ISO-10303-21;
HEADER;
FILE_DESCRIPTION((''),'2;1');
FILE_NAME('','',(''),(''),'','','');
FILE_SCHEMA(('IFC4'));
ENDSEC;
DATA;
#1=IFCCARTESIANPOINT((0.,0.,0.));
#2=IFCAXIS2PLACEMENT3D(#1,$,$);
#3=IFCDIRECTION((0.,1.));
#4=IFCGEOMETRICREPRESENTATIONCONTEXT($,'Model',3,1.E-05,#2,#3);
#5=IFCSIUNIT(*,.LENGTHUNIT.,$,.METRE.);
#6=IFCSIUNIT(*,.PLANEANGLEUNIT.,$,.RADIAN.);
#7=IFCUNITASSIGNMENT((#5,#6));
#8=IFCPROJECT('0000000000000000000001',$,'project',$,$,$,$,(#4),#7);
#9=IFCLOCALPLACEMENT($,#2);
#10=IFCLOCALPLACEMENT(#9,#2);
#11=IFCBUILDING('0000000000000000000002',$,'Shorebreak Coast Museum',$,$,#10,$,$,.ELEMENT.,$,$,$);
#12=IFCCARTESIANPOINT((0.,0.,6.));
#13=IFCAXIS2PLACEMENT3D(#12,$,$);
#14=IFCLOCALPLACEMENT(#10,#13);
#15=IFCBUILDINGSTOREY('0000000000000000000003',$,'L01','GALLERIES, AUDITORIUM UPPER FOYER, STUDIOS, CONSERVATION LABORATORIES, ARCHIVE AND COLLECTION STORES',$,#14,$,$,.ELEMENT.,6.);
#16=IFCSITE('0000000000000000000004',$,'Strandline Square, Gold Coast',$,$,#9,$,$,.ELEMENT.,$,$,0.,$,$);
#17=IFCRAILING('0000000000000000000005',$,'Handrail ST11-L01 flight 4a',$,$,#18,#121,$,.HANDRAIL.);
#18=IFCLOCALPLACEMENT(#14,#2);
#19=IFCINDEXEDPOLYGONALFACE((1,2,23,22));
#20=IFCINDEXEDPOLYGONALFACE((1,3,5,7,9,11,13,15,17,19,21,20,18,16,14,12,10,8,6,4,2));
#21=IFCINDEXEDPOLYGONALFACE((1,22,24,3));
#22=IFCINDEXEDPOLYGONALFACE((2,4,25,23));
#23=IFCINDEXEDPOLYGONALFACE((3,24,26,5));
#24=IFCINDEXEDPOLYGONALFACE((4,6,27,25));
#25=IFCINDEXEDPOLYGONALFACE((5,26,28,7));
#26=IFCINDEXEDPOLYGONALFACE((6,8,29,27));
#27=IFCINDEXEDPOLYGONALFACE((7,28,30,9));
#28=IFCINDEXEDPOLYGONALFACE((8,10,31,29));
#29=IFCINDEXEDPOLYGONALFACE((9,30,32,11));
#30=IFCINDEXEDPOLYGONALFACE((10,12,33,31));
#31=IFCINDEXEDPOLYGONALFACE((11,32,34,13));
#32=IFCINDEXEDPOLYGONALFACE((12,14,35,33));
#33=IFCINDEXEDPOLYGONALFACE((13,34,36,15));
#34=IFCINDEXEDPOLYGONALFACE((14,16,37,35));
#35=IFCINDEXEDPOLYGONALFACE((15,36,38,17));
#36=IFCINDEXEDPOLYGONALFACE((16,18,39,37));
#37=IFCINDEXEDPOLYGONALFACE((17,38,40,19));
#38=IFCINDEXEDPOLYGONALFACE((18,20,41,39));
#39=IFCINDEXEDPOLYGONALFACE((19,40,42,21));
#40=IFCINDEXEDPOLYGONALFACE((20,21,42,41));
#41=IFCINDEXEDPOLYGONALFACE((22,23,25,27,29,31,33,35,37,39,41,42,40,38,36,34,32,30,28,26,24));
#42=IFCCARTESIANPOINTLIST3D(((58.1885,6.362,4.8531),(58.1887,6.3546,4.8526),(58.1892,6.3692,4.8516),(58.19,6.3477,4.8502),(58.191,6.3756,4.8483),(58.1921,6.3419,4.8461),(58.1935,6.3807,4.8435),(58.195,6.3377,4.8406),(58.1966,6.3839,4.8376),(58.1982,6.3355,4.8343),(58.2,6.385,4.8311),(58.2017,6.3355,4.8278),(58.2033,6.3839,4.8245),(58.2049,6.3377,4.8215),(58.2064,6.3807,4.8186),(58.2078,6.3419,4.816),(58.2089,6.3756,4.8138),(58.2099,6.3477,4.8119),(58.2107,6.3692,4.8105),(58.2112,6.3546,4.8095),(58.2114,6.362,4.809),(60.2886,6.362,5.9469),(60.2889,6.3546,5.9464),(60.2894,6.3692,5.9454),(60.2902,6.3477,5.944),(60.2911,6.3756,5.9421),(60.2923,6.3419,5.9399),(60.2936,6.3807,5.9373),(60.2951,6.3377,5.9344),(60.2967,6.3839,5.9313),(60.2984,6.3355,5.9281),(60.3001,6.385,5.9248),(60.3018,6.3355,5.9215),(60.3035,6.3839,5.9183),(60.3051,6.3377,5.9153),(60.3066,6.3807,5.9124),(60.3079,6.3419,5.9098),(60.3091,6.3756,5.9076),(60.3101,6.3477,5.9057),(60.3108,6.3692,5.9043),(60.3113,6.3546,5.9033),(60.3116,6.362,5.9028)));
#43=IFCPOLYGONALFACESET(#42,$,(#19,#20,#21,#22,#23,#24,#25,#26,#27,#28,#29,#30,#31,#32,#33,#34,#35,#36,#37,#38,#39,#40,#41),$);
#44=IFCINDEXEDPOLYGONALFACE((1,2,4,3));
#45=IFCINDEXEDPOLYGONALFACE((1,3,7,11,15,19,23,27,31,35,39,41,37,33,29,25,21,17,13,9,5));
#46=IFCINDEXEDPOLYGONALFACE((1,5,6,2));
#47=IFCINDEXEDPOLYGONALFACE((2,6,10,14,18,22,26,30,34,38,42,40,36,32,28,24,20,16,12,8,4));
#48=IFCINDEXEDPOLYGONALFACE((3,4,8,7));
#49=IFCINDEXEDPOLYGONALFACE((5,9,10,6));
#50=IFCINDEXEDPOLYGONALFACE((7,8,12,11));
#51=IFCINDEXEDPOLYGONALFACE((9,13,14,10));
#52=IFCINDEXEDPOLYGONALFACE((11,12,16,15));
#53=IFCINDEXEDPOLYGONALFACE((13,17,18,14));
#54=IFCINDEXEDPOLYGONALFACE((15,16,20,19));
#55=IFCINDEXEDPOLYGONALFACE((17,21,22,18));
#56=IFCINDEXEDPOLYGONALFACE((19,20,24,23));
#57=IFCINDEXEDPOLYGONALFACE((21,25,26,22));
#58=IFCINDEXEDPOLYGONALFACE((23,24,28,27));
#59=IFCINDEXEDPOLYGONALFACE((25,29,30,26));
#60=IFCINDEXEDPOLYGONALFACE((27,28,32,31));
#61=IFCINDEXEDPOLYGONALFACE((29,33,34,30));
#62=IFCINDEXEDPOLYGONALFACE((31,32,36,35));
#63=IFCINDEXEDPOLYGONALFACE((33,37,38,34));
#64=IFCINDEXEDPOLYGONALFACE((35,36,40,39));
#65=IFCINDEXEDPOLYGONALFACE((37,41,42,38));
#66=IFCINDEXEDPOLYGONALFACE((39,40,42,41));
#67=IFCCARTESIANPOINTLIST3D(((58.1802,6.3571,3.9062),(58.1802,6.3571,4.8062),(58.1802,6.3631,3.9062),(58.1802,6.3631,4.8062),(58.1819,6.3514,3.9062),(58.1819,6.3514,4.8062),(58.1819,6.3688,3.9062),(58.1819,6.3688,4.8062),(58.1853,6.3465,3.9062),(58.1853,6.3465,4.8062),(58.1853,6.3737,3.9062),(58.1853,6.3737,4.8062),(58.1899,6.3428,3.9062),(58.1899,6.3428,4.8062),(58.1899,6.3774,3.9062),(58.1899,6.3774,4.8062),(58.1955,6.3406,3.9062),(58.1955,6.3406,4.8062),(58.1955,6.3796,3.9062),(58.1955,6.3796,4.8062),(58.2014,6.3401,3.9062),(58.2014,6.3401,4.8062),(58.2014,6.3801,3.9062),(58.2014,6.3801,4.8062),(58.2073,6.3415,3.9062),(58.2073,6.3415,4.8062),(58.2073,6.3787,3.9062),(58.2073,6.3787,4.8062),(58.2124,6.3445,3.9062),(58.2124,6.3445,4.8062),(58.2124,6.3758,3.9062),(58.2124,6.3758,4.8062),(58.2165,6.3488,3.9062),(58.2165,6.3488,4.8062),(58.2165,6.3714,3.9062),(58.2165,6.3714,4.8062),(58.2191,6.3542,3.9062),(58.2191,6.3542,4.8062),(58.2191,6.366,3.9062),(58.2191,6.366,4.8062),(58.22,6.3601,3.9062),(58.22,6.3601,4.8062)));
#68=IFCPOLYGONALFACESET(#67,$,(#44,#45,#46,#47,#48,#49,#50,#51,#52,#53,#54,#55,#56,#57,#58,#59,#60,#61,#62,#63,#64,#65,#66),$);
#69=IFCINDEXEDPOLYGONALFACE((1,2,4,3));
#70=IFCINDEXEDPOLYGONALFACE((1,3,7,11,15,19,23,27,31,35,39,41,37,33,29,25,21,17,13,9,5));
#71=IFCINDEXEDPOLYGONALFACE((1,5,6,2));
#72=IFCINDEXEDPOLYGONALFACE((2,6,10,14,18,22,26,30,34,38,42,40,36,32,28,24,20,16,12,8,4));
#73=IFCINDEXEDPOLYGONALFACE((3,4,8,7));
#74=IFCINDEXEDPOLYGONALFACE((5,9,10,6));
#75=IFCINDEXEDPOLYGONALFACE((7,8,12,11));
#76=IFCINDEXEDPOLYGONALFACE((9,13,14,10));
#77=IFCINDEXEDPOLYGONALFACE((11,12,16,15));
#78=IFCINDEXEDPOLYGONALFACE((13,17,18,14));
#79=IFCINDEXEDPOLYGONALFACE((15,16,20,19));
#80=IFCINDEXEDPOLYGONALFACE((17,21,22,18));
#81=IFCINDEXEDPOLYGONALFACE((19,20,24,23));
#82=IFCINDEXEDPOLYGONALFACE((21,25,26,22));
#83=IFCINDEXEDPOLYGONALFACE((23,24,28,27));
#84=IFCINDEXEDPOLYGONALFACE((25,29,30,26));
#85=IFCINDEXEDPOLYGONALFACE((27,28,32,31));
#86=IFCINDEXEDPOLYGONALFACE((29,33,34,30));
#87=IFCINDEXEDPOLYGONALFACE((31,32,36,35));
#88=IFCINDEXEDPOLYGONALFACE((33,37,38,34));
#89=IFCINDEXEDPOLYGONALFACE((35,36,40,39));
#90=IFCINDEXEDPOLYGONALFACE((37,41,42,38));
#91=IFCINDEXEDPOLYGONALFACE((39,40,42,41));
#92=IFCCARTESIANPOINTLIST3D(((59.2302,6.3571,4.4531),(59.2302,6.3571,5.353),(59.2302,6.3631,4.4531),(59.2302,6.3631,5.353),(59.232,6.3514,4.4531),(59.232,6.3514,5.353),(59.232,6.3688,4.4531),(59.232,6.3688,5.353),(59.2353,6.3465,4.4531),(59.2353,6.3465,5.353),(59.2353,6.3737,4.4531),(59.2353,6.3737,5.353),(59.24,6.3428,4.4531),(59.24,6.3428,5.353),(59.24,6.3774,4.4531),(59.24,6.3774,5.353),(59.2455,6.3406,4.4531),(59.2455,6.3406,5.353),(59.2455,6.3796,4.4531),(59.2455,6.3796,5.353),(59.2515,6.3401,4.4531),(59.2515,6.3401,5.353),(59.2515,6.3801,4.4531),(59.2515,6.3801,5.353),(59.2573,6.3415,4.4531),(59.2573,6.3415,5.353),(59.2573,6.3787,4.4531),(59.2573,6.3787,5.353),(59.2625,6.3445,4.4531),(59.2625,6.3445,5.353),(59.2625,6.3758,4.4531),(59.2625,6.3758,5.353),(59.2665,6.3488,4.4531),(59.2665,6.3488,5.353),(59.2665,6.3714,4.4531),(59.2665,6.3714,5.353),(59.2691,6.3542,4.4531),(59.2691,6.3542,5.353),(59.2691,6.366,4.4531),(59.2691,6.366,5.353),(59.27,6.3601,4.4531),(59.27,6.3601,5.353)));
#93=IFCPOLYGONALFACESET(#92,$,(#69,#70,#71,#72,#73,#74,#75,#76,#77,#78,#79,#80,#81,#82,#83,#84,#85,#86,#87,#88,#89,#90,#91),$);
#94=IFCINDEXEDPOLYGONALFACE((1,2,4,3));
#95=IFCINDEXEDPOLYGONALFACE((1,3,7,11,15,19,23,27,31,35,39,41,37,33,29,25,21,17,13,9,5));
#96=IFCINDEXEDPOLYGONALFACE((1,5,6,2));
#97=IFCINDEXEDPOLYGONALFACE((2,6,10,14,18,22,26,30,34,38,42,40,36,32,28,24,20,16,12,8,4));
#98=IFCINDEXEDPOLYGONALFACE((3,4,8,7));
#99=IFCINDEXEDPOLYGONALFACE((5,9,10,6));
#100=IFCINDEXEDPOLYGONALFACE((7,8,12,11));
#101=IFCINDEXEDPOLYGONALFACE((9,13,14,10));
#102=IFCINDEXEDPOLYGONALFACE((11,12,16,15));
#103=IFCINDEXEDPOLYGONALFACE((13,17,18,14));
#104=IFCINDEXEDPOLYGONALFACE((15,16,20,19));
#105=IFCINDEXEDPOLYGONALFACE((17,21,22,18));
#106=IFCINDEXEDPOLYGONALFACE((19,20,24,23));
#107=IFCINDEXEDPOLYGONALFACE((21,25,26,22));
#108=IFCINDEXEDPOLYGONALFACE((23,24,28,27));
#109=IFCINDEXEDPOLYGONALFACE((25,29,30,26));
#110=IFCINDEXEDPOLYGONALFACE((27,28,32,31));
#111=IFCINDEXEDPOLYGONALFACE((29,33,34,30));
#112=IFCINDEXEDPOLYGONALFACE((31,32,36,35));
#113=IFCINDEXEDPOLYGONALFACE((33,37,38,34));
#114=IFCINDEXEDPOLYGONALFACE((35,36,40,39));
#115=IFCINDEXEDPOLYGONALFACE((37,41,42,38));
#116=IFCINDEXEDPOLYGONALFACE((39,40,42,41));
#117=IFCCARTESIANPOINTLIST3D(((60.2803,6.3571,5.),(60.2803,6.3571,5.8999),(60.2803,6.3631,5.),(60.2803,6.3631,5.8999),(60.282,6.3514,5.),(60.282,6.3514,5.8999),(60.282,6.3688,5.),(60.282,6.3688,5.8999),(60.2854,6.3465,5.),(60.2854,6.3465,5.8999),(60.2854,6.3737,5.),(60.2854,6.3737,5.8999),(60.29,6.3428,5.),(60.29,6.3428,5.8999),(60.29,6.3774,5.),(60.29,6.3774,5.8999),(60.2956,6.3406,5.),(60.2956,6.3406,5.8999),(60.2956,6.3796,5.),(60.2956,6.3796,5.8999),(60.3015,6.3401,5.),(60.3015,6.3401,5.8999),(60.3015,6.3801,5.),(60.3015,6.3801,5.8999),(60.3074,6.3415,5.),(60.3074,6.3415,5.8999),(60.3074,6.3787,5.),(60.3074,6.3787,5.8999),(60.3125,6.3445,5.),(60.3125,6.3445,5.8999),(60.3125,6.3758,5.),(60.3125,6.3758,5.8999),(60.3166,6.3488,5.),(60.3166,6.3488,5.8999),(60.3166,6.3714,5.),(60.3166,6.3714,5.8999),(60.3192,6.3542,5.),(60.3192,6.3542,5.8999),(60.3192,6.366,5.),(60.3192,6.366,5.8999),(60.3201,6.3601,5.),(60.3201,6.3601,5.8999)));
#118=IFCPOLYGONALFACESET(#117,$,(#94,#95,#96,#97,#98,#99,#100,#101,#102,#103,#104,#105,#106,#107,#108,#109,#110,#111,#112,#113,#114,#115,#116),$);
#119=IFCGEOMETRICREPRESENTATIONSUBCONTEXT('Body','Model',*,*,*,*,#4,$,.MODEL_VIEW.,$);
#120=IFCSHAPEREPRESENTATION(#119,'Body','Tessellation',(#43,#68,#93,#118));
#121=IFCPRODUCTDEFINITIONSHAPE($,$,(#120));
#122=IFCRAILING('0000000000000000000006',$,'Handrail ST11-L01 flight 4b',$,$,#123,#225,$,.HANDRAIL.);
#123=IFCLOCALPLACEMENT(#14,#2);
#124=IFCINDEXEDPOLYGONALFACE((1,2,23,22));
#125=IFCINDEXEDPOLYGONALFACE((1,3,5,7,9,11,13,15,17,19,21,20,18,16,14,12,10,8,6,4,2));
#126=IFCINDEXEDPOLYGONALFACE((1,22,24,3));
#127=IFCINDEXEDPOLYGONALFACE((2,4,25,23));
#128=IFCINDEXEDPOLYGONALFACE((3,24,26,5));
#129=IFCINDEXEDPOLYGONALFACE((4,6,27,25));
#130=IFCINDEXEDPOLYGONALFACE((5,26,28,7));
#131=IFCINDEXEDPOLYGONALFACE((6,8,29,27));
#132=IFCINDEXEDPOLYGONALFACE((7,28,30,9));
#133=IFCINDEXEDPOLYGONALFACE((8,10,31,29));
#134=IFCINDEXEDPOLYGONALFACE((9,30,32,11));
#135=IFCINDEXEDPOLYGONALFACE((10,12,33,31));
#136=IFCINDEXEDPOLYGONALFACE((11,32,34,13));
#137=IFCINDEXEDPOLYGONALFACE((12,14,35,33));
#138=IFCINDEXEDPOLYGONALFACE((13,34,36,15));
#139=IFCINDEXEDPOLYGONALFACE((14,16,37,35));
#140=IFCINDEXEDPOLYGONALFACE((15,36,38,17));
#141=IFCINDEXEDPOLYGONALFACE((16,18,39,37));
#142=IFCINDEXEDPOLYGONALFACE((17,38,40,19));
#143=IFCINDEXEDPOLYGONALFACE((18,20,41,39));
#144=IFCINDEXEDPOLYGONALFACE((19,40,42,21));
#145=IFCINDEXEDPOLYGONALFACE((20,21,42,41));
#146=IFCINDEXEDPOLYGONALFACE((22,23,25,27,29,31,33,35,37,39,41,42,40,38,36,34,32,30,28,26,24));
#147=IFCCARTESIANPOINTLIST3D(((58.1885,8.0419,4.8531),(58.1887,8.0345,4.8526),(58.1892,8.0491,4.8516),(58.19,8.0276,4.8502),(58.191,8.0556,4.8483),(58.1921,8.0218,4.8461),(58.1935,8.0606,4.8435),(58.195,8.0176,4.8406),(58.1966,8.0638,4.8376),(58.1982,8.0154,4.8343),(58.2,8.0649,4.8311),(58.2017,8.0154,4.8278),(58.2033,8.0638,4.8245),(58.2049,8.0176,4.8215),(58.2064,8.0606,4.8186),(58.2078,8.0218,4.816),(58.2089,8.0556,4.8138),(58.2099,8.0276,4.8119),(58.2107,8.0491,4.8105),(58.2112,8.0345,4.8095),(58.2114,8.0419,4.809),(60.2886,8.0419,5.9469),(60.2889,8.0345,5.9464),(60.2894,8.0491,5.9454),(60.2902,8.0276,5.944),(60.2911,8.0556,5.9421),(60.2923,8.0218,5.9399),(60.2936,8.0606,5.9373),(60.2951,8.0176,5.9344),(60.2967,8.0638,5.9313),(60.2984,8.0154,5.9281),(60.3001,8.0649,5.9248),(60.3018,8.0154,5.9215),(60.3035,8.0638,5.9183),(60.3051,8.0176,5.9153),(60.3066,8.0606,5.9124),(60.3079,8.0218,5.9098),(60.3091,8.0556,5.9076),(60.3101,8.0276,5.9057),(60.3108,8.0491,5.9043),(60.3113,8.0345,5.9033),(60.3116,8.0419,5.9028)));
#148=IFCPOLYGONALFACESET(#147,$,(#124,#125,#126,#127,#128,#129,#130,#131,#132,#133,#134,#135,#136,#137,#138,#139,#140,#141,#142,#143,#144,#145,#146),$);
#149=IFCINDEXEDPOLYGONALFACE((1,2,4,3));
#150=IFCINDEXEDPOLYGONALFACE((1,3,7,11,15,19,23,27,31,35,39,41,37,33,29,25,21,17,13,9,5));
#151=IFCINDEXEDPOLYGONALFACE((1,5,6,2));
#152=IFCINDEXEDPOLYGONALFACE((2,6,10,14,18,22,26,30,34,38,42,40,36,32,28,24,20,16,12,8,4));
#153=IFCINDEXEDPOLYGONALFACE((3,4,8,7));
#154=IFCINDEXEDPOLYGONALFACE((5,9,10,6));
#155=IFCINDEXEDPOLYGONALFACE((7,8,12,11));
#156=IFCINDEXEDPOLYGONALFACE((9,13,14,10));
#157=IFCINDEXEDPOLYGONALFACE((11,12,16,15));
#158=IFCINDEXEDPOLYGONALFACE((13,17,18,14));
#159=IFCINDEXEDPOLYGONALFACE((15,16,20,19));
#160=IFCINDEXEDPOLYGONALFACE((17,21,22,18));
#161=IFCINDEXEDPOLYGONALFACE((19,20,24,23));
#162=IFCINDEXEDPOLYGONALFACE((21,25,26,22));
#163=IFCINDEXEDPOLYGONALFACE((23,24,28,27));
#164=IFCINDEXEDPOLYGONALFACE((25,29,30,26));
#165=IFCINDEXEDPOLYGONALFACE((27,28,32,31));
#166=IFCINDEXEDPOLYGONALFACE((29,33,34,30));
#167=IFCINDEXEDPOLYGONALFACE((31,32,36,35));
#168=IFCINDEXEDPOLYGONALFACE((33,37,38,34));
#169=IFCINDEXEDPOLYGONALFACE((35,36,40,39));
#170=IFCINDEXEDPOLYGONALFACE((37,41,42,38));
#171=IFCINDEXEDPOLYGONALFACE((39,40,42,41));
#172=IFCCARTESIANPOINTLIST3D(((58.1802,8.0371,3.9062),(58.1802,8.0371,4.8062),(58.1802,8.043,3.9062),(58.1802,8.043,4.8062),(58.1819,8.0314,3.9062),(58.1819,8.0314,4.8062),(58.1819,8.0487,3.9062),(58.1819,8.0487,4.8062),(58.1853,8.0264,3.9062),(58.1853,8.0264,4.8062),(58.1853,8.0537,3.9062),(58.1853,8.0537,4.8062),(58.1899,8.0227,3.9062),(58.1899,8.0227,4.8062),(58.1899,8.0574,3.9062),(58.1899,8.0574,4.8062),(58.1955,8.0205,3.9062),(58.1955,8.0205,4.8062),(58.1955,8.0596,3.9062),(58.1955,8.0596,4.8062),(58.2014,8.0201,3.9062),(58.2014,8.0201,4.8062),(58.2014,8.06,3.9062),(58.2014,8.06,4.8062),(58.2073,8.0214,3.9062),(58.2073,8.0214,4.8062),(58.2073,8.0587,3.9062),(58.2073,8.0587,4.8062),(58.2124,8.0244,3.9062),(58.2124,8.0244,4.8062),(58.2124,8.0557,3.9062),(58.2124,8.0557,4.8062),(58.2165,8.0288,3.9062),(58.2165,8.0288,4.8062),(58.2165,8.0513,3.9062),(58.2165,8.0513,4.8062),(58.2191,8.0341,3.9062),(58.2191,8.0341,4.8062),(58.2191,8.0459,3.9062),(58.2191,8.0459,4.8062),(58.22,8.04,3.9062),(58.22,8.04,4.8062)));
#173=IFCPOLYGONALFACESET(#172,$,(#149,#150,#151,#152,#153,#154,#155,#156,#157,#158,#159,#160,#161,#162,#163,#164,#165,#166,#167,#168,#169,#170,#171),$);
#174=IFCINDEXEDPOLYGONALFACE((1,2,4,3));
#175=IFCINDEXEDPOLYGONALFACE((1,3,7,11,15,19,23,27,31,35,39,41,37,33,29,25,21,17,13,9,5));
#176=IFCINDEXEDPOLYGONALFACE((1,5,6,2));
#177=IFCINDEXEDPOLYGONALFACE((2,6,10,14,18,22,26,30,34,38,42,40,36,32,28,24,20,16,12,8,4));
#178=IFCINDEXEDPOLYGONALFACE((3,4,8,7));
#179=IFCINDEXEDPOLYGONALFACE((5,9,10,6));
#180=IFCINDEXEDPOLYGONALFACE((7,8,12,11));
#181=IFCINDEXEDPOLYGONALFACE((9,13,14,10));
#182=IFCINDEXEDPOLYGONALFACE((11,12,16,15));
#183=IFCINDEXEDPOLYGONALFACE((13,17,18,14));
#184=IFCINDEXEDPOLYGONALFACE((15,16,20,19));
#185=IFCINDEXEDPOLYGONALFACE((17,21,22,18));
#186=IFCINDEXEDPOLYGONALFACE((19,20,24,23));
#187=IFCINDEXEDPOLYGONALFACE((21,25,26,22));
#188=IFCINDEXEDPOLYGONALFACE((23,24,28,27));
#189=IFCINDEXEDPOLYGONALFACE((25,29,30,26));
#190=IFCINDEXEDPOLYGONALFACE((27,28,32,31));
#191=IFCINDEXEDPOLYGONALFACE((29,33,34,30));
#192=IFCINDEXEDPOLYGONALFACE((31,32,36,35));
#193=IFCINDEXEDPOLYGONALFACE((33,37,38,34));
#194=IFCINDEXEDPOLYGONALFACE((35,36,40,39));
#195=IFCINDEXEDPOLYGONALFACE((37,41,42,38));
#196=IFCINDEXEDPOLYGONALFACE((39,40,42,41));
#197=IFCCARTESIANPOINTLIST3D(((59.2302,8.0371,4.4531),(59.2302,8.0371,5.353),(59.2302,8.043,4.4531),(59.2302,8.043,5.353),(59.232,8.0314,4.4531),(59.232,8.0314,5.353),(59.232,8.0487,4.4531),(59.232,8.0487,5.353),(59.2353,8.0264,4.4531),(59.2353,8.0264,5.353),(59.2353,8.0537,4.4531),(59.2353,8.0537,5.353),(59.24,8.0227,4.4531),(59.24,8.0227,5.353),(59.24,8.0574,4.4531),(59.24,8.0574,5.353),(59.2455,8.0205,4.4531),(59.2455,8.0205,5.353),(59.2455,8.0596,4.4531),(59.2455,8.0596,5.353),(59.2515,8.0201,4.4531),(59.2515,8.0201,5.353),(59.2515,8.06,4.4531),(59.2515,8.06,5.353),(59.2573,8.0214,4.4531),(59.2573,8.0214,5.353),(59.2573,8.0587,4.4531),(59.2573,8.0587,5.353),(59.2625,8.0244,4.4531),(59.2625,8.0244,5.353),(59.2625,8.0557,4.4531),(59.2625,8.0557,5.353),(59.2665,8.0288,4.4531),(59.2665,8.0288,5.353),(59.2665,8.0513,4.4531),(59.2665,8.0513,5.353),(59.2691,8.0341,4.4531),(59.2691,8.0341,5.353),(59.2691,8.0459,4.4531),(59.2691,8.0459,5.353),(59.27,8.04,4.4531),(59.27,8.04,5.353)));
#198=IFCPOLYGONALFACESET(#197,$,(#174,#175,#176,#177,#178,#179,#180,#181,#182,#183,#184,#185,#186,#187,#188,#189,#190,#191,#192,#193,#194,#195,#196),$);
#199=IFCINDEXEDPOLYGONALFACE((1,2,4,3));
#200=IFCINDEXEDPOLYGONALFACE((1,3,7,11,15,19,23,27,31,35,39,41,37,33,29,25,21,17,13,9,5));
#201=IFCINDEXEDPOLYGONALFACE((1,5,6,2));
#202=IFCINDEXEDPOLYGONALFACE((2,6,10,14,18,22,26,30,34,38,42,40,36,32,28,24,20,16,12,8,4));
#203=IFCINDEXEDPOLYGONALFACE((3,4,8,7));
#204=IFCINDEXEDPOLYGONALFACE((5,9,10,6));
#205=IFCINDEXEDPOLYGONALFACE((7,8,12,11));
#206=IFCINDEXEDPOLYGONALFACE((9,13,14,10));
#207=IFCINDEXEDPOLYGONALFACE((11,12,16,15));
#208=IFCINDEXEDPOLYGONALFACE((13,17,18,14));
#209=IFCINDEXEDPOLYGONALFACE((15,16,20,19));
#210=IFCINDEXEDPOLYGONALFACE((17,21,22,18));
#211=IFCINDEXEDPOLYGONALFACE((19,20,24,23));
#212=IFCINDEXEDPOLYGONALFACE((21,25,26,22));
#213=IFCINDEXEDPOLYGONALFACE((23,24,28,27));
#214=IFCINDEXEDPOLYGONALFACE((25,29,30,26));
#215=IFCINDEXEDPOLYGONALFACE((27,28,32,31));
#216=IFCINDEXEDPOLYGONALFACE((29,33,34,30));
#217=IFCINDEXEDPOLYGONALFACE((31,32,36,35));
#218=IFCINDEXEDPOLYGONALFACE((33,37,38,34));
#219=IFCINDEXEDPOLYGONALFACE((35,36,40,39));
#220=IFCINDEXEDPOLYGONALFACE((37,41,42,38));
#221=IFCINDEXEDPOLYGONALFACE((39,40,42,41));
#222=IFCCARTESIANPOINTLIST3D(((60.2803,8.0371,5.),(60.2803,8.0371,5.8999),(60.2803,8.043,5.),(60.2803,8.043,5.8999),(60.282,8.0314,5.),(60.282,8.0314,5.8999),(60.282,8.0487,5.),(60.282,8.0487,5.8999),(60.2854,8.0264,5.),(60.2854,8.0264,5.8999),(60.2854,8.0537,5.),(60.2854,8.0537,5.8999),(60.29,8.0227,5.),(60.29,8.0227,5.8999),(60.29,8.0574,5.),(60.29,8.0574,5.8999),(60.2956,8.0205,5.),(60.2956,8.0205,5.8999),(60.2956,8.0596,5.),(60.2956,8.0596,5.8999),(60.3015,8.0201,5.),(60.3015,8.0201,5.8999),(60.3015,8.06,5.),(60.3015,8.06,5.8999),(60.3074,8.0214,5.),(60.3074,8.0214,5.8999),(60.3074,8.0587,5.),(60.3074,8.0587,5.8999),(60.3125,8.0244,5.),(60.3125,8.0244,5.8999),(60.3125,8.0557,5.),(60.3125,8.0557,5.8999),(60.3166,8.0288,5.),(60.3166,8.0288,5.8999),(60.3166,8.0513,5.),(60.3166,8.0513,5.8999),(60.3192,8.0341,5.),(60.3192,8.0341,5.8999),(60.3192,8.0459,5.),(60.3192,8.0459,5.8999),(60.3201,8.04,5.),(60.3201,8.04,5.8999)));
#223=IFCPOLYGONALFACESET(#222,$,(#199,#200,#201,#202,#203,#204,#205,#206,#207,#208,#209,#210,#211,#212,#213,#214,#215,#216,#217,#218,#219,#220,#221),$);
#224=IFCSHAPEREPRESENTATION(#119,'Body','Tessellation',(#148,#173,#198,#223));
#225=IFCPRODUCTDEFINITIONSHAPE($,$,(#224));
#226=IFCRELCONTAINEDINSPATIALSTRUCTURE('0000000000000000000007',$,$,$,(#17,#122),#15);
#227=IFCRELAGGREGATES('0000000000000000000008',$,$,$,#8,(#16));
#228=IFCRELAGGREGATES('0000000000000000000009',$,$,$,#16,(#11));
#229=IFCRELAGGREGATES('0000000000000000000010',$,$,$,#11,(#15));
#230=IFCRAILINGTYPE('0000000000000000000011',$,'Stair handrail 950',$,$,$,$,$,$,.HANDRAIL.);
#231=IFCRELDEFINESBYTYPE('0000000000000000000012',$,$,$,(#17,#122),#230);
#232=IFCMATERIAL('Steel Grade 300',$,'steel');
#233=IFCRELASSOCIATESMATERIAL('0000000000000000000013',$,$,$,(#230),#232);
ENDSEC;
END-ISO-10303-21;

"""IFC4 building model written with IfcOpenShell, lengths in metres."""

from ifc_helpers import new_model, si_unit, direction, frame, origin, origin_2d, place, context, subcontext, project, spatial, circle, extrude, material, type_object, element, save


model = new_model("IFC4")

# Units and contexts
model_context = context("Model", 3, precision=1e-05, world=origin(), true_north=direction((0.0, 1.0)))
body_context = subcontext(model_context, "Body", "Model", "MODEL_VIEW")
ifc_project = project(units=[si_unit("LENGTHUNIT", "METRE"), si_unit("PLANEANGLEUNIT", "RADIAN")], contexts=[model_context])

# Site, building, storey
site_placement = place(None, origin())
site = spatial("IfcSite", under=ifc_project, at=site_placement, Name="Strandline Square, Gold Coast", CompositionType="ELEMENT", RefElevation=0.0)
building_placement = place(site_placement, origin())
building = spatial("IfcBuilding", under=site, at=building_placement, Name="Shorebreak Coast Museum", CompositionType="ELEMENT")
storey_placement = place(building_placement, frame((0.0, 0.0, 6.0)))
storey = spatial("IfcBuildingStorey", under=building, at=storey_placement, Name="L01", Description="GALLERIES, AUDITORIUM UPPER FOYER, STUDIOS, CONSERVATION LABORATORIES, ARCHIVE AND COLLECTION STORES", CompositionType="ELEMENT", Elevation=6.0)

# Railings
ifc_material_1 = material(Name="Steel Grade 300", Category="steel")
railing_type_1 = type_object("IfcRailingType", Name="Stair handrail 950", PredefinedType="HANDRAIL", material=ifc_material_1)
for number, where, name in (
    (1, (58.2, 6.3601, 3.9062), "Handrail ST11-L01 flight 4a"),
    (2, (58.2, 8.04, 3.9062), "Handrail ST11-L01 flight 4b"),
):
    element("IfcRailing", number, at=place(storey_placement, frame(where)), inside=storey, type_object=railing_type_1, Name=name, PredefinedType="HANDRAIL", context=body_context, shape_type="SweptSolid", body=[
        extrude(circle(Radius=0.0249, at=origin_2d()), frame((0.0, 0.0, 0.9248), z_axis=(0.886923, 0.0, 0.461918), x_axis=(0.0, 1.0, 0.0)), (0.0, 0.0, 1.0), 2.3679),
        extrude(circle(Radius=0.02, at=origin_2d()), origin(), (0.0, 0.0, 1.0), 0.8999),
        extrude(circle(Radius=0.02, at=origin_2d()), frame((1.05, 0.0, 0.5469)), (0.0, 0.0, 1.0), 0.8999),
        extrude(circle(Radius=0.02, at=origin_2d()), frame((2.1001, 0.0, 1.0938)), (0.0, 0.0, 1.0), 0.8999),
    ])

save(model, "model.ifc")
